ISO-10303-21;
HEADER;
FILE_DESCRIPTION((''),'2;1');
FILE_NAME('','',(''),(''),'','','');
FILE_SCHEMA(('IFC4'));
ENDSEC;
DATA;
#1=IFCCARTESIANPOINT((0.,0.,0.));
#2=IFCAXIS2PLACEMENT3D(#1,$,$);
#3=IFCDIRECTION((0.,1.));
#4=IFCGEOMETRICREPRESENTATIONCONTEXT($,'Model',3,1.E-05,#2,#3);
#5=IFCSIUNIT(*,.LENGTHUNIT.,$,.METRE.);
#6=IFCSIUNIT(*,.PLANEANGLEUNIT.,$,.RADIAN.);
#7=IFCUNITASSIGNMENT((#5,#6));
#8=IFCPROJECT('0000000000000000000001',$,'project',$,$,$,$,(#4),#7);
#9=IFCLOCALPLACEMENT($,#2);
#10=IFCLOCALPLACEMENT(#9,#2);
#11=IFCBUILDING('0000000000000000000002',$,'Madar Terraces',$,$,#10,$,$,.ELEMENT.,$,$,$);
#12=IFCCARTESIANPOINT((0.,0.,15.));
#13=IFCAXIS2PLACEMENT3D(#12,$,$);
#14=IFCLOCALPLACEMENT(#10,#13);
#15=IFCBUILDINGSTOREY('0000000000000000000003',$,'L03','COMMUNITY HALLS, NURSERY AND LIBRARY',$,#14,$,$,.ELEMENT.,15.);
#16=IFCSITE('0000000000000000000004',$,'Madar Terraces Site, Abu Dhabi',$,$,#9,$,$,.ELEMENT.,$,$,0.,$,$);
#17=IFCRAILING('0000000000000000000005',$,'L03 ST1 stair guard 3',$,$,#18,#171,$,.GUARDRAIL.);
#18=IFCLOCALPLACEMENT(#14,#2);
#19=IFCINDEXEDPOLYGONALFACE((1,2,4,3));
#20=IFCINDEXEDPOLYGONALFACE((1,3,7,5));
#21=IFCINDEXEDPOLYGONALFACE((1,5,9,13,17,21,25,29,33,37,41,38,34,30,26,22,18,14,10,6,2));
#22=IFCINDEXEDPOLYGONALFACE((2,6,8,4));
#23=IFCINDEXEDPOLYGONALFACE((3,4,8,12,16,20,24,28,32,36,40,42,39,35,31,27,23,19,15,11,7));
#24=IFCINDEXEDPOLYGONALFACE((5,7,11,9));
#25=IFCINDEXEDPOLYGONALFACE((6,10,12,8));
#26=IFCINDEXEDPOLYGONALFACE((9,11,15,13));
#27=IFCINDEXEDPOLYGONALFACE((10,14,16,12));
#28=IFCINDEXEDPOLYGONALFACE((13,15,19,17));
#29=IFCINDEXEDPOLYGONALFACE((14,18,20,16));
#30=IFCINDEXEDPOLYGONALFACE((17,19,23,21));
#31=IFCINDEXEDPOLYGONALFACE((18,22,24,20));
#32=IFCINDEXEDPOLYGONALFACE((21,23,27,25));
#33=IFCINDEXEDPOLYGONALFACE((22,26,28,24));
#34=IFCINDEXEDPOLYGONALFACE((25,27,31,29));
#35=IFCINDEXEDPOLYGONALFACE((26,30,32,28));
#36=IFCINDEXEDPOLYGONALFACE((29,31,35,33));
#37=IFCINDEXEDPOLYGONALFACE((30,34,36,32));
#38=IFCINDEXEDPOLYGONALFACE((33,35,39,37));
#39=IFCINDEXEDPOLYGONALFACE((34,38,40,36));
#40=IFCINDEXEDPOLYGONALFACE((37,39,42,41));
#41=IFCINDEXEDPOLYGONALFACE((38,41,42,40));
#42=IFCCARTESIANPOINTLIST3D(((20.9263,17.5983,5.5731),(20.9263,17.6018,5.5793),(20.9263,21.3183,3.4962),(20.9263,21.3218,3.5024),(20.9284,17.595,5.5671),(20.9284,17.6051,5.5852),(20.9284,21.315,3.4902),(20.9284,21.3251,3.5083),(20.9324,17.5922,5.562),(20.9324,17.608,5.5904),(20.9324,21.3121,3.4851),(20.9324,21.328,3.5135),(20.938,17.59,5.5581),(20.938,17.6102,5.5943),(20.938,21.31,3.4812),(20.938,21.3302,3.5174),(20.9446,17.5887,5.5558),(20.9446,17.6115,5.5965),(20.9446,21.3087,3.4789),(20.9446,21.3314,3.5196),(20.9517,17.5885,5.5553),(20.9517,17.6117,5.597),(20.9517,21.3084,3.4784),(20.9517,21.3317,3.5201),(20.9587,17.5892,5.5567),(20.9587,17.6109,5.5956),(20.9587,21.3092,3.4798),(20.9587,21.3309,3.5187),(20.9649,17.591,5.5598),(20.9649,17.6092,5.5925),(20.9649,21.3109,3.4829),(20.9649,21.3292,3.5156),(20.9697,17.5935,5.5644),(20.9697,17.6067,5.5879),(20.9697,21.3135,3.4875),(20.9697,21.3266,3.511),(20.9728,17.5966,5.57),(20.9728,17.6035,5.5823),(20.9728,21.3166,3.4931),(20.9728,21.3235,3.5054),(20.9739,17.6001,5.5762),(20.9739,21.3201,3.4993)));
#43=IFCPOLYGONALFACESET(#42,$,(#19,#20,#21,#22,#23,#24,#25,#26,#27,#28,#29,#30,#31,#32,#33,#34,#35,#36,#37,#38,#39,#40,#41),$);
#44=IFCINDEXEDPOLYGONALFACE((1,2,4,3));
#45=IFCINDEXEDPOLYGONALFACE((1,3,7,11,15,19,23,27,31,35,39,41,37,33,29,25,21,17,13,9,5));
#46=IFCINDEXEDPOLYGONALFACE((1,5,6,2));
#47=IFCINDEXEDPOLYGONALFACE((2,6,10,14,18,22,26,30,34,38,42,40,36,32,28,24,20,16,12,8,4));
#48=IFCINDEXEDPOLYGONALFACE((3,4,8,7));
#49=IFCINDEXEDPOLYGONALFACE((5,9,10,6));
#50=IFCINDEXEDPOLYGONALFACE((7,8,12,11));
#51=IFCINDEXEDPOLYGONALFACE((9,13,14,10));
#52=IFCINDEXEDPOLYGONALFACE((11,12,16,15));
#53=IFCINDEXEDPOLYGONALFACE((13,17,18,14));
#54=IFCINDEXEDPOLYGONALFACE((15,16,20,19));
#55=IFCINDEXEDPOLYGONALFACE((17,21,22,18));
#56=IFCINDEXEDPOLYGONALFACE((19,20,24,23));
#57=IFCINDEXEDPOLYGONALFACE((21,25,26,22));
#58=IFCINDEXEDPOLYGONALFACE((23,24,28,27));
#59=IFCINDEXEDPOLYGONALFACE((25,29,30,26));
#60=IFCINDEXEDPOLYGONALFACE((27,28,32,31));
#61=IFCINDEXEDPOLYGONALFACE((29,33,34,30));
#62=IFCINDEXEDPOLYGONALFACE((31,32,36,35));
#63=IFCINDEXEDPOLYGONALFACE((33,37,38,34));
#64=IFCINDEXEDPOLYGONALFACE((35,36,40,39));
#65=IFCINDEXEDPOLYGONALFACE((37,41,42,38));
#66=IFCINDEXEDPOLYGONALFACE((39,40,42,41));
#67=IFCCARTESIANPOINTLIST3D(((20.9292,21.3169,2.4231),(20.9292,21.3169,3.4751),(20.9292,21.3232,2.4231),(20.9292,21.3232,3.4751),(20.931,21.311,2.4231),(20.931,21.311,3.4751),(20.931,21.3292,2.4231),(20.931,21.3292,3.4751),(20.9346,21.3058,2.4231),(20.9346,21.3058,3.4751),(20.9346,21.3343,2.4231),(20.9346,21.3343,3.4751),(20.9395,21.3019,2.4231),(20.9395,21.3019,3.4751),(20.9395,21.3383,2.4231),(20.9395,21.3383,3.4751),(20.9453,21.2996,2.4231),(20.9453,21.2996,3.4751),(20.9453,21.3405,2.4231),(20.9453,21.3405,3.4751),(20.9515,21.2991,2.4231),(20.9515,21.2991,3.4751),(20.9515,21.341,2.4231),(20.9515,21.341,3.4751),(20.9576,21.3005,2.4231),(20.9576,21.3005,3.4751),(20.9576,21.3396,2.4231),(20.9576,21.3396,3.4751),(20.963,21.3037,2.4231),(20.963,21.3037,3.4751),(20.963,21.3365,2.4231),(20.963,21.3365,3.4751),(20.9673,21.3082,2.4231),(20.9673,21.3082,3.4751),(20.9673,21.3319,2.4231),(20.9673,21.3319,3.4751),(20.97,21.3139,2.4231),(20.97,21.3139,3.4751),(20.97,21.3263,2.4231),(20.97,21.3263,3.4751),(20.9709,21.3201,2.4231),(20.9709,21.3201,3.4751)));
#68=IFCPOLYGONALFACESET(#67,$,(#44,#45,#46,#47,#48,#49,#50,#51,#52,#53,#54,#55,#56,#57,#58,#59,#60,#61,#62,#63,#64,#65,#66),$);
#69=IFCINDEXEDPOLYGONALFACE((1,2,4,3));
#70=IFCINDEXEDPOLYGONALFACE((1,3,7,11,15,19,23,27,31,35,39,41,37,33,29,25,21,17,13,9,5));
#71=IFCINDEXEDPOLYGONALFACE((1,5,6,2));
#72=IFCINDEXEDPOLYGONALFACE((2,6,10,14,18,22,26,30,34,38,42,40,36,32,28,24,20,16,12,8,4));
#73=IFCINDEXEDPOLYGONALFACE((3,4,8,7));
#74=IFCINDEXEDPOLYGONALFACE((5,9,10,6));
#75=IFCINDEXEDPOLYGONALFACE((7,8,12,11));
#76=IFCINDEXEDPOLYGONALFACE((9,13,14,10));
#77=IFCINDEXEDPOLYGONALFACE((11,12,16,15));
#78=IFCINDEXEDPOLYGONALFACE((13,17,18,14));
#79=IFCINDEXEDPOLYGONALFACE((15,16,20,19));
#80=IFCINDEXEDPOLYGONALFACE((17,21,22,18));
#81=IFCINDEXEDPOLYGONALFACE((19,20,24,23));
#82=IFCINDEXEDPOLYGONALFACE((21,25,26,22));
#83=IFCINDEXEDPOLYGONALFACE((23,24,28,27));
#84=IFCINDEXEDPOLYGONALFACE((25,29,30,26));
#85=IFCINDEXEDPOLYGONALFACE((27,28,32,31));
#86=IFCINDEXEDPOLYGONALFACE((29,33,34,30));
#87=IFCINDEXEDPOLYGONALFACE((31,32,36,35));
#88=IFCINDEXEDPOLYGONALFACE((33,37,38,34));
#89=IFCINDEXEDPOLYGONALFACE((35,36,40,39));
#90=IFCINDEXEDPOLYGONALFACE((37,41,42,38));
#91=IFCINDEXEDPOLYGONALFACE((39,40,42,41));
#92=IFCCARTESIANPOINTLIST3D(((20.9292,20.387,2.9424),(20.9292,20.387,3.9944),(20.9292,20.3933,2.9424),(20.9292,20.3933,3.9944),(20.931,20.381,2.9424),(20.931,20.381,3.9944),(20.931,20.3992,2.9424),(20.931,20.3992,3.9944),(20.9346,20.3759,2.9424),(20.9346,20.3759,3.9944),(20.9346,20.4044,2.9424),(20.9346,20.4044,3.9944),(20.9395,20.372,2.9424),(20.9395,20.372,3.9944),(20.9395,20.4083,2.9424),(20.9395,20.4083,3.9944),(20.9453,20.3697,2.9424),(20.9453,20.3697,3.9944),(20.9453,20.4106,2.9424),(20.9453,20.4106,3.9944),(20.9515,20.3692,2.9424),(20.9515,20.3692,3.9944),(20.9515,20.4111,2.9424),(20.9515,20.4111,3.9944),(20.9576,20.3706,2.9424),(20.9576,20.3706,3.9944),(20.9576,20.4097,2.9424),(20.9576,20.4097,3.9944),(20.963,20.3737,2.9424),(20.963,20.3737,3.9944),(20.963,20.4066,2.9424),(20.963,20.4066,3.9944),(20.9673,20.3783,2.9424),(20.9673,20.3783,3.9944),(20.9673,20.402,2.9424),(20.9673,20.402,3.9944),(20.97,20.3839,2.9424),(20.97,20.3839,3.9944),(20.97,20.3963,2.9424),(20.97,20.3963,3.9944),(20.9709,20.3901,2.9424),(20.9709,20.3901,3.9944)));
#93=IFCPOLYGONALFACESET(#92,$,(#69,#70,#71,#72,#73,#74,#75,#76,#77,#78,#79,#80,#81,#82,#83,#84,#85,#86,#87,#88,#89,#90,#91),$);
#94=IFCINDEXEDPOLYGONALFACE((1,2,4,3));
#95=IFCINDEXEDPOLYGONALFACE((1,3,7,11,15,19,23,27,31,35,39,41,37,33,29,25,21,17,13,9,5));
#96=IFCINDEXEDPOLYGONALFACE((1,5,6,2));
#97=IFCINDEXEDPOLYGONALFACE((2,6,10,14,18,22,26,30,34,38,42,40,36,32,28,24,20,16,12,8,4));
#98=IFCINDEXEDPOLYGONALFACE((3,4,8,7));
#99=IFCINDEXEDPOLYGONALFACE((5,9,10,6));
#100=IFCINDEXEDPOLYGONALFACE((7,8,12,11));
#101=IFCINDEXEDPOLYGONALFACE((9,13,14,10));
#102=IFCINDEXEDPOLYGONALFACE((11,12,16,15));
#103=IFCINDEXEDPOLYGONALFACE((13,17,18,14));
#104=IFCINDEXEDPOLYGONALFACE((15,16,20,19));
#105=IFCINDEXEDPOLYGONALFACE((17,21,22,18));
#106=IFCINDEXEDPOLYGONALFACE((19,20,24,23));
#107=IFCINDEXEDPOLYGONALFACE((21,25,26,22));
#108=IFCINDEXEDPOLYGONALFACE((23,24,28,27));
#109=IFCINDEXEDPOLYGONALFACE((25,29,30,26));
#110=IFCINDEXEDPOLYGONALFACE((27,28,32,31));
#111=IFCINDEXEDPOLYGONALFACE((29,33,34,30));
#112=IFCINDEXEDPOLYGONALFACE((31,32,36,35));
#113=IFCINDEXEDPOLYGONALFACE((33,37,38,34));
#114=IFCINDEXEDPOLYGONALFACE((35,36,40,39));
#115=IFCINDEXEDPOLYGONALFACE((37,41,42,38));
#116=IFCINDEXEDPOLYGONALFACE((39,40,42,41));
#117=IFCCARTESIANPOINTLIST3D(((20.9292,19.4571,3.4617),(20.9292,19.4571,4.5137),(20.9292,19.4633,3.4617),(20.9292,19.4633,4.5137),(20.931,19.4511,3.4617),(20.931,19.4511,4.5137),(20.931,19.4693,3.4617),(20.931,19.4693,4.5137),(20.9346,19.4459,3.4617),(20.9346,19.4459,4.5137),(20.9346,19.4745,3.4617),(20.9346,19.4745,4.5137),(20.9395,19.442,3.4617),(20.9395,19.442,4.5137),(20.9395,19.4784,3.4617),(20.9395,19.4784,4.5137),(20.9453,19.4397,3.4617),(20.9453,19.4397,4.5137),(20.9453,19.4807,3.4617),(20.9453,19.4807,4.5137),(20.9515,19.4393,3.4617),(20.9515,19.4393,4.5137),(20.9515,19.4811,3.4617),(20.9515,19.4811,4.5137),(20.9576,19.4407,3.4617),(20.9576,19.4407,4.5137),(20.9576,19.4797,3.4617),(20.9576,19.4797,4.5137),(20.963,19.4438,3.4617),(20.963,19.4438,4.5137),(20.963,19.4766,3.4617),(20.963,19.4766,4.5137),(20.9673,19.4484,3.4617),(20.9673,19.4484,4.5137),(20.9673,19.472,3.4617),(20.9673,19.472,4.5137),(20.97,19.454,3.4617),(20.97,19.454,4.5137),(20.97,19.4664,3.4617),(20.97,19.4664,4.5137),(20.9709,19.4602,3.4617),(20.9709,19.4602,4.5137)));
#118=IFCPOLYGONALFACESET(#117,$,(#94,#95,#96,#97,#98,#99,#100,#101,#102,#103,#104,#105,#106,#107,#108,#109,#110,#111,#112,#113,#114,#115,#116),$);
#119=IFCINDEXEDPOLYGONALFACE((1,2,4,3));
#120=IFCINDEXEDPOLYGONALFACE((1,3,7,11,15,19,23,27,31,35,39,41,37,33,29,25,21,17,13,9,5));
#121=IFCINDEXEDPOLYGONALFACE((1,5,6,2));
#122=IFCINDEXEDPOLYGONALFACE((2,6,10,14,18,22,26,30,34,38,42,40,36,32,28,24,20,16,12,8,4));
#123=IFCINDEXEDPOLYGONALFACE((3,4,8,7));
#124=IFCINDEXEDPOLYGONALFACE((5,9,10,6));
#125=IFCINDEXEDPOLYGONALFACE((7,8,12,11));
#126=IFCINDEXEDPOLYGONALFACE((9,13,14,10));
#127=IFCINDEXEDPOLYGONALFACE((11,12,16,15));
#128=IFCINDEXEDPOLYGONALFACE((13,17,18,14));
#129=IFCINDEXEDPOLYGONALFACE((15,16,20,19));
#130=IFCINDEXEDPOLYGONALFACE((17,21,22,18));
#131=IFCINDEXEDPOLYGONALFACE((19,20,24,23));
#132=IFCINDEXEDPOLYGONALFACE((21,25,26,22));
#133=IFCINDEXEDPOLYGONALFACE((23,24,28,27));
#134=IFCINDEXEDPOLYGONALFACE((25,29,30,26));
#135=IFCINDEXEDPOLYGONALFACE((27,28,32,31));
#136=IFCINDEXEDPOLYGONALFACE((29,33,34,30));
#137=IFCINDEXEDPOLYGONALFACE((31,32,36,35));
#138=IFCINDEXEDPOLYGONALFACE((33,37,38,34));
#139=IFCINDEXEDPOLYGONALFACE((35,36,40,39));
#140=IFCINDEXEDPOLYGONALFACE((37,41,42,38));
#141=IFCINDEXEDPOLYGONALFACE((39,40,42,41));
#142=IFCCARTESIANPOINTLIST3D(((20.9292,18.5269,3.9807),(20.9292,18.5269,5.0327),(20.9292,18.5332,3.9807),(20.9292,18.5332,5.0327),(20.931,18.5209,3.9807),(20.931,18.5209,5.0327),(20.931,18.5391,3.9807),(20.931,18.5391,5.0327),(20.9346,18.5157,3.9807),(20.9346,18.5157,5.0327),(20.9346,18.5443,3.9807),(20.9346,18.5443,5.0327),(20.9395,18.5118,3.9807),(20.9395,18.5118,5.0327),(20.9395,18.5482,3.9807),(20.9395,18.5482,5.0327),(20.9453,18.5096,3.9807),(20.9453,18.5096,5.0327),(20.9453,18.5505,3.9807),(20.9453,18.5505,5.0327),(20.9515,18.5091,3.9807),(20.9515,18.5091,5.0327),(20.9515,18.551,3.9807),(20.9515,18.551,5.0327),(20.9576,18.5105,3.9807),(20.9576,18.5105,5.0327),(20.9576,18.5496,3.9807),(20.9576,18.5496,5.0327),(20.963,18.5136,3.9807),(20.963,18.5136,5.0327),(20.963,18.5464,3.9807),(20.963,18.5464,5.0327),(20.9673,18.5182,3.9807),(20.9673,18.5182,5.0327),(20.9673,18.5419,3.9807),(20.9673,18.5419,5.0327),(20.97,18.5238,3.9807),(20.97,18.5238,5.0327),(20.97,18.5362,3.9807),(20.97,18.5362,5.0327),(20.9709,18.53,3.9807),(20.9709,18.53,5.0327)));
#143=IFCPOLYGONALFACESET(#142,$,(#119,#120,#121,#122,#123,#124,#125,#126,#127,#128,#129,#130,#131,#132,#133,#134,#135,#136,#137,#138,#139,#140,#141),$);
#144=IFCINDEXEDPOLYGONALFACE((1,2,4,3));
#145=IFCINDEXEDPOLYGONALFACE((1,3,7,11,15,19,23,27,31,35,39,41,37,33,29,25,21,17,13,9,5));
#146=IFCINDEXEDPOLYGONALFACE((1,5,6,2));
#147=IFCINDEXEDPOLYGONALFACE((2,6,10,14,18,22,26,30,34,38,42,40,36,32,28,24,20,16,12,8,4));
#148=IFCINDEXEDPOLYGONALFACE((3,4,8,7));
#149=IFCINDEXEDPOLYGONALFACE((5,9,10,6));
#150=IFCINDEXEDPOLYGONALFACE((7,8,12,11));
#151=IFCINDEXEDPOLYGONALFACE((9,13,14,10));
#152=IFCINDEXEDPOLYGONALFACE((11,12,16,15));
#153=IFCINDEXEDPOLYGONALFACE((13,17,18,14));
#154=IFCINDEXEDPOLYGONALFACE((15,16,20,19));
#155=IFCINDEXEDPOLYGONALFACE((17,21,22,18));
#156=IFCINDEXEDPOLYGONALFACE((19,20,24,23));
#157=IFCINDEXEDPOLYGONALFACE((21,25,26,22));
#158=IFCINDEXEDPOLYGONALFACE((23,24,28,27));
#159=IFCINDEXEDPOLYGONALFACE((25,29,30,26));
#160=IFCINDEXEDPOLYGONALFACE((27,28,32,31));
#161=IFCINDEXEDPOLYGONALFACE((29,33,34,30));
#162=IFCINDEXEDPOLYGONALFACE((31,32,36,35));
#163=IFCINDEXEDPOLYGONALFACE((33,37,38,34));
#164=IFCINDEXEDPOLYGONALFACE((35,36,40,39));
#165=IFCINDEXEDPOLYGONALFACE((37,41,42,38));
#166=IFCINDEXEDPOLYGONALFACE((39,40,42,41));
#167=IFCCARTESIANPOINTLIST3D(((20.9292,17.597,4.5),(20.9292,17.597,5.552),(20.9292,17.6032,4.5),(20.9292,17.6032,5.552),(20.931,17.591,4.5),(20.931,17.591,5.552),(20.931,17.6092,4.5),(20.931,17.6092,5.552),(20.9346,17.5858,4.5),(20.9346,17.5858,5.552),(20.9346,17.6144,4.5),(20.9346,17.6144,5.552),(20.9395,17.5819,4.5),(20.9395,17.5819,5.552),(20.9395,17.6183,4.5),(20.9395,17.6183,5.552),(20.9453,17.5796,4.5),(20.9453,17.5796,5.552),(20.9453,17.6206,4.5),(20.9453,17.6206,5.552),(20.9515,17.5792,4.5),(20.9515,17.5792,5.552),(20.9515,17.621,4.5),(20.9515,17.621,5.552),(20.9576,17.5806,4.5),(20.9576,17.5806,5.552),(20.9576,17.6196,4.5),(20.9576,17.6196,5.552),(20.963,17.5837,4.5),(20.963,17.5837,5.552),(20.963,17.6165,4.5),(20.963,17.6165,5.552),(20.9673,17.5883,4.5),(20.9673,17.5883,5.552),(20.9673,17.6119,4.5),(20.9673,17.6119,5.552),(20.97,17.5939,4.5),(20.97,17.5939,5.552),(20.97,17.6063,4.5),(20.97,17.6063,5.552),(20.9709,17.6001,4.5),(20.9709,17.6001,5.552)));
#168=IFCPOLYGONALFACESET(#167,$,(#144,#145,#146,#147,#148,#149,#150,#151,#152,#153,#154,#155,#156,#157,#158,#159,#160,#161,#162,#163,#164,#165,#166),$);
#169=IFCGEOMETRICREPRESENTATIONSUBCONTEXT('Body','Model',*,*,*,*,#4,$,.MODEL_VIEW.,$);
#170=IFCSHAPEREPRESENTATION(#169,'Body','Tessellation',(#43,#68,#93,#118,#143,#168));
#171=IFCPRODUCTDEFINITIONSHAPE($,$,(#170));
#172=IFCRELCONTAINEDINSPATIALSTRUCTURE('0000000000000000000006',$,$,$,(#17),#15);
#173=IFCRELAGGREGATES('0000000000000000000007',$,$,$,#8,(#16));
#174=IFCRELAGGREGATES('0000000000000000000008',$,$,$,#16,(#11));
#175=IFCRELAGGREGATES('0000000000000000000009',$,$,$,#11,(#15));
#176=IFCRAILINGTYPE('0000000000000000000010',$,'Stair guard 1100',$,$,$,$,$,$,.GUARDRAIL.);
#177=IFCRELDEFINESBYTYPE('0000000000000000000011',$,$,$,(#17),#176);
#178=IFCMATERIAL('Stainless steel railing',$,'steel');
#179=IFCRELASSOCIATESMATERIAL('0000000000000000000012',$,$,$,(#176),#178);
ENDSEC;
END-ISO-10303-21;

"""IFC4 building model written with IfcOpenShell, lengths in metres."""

from ifc_helpers import new_model, si_unit, direction, frame, origin, origin_2d, place, context, subcontext, project, spatial, circle, extrude, material, type_object, element, save


model = new_model("IFC4")

# Units and contexts
model_context = context("Model", 3, precision=1e-05, world=origin(), true_north=direction((0.0, 1.0)))
body_context = subcontext(model_context, "Body", "Model", "MODEL_VIEW")
ifc_project = project(units=[si_unit("LENGTHUNIT", "METRE"), si_unit("PLANEANGLEUNIT", "RADIAN")], contexts=[model_context])

# Site, building, storey
site_placement = place(None, origin())
site = spatial("IfcSite", under=ifc_project, at=site_placement, Name="Madar Terraces Site, Abu Dhabi", CompositionType="ELEMENT", RefElevation=0.0)
building_placement = place(site_placement, origin())
building = spatial("IfcBuilding", under=site, at=building_placement, Name="Madar Terraces", CompositionType="ELEMENT")
storey_placement = place(building_placement, frame((0.0, 0.0, 15.0)))
storey = spatial("IfcBuildingStorey", under=building, at=storey_placement, Name="L03", Description="COMMUNITY HALLS, NURSERY AND LIBRARY", CompositionType="ELEMENT", Elevation=15.0)

# Railing
ifc_material_1 = material(Name="Stainless steel railing", Category="steel")
railing_type_1 = type_object("IfcRailingType", Name="Stair guard 1100", PredefinedType="GUARDRAIL", material=ifc_material_1)
railing_1_placement = place(storey_placement, frame((20.95, 21.3201, 2.4231)))
element("IfcRailing", 1, at=railing_1_placement, inside=storey, type_object=railing_type_1, Name="L03 ST1 stair guard 3", PredefinedType="GUARDRAIL", context=body_context, shape_type="SweptSolid", body=[
    extrude(circle(Radius=0.0239, at=origin_2d()), frame((0.0, 0.0, 1.0762), z_axis=(0.0, -0.873134, 0.487481), x_axis=(1.0, 0.0, 0.0)), (0.0, 0.0, 1.0), 4.2605),
    extrude(circle(Radius=0.021, at=origin_2d()), origin(), (0.0, 0.0, 1.0), 1.052),
    extrude(circle(Radius=0.021, at=origin_2d()), frame((0.0, -0.9299, 0.5193)), (0.0, 0.0, 1.0), 1.052),
    extrude(circle(Radius=0.021, at=origin_2d()), frame((0.0, -1.8599, 1.0386)), (0.0, 0.0, 1.0), 1.052),
    extrude(circle(Radius=0.021, at=origin_2d()), frame((0.0, -2.79, 1.5576)), (0.0, 0.0, 1.0), 1.052),
    extrude(circle(Radius=0.021, at=origin_2d()), frame((0.0, -3.72, 2.0769)), (0.0, 0.0, 1.0), 1.052),
])

save(model, "model.ifc")
